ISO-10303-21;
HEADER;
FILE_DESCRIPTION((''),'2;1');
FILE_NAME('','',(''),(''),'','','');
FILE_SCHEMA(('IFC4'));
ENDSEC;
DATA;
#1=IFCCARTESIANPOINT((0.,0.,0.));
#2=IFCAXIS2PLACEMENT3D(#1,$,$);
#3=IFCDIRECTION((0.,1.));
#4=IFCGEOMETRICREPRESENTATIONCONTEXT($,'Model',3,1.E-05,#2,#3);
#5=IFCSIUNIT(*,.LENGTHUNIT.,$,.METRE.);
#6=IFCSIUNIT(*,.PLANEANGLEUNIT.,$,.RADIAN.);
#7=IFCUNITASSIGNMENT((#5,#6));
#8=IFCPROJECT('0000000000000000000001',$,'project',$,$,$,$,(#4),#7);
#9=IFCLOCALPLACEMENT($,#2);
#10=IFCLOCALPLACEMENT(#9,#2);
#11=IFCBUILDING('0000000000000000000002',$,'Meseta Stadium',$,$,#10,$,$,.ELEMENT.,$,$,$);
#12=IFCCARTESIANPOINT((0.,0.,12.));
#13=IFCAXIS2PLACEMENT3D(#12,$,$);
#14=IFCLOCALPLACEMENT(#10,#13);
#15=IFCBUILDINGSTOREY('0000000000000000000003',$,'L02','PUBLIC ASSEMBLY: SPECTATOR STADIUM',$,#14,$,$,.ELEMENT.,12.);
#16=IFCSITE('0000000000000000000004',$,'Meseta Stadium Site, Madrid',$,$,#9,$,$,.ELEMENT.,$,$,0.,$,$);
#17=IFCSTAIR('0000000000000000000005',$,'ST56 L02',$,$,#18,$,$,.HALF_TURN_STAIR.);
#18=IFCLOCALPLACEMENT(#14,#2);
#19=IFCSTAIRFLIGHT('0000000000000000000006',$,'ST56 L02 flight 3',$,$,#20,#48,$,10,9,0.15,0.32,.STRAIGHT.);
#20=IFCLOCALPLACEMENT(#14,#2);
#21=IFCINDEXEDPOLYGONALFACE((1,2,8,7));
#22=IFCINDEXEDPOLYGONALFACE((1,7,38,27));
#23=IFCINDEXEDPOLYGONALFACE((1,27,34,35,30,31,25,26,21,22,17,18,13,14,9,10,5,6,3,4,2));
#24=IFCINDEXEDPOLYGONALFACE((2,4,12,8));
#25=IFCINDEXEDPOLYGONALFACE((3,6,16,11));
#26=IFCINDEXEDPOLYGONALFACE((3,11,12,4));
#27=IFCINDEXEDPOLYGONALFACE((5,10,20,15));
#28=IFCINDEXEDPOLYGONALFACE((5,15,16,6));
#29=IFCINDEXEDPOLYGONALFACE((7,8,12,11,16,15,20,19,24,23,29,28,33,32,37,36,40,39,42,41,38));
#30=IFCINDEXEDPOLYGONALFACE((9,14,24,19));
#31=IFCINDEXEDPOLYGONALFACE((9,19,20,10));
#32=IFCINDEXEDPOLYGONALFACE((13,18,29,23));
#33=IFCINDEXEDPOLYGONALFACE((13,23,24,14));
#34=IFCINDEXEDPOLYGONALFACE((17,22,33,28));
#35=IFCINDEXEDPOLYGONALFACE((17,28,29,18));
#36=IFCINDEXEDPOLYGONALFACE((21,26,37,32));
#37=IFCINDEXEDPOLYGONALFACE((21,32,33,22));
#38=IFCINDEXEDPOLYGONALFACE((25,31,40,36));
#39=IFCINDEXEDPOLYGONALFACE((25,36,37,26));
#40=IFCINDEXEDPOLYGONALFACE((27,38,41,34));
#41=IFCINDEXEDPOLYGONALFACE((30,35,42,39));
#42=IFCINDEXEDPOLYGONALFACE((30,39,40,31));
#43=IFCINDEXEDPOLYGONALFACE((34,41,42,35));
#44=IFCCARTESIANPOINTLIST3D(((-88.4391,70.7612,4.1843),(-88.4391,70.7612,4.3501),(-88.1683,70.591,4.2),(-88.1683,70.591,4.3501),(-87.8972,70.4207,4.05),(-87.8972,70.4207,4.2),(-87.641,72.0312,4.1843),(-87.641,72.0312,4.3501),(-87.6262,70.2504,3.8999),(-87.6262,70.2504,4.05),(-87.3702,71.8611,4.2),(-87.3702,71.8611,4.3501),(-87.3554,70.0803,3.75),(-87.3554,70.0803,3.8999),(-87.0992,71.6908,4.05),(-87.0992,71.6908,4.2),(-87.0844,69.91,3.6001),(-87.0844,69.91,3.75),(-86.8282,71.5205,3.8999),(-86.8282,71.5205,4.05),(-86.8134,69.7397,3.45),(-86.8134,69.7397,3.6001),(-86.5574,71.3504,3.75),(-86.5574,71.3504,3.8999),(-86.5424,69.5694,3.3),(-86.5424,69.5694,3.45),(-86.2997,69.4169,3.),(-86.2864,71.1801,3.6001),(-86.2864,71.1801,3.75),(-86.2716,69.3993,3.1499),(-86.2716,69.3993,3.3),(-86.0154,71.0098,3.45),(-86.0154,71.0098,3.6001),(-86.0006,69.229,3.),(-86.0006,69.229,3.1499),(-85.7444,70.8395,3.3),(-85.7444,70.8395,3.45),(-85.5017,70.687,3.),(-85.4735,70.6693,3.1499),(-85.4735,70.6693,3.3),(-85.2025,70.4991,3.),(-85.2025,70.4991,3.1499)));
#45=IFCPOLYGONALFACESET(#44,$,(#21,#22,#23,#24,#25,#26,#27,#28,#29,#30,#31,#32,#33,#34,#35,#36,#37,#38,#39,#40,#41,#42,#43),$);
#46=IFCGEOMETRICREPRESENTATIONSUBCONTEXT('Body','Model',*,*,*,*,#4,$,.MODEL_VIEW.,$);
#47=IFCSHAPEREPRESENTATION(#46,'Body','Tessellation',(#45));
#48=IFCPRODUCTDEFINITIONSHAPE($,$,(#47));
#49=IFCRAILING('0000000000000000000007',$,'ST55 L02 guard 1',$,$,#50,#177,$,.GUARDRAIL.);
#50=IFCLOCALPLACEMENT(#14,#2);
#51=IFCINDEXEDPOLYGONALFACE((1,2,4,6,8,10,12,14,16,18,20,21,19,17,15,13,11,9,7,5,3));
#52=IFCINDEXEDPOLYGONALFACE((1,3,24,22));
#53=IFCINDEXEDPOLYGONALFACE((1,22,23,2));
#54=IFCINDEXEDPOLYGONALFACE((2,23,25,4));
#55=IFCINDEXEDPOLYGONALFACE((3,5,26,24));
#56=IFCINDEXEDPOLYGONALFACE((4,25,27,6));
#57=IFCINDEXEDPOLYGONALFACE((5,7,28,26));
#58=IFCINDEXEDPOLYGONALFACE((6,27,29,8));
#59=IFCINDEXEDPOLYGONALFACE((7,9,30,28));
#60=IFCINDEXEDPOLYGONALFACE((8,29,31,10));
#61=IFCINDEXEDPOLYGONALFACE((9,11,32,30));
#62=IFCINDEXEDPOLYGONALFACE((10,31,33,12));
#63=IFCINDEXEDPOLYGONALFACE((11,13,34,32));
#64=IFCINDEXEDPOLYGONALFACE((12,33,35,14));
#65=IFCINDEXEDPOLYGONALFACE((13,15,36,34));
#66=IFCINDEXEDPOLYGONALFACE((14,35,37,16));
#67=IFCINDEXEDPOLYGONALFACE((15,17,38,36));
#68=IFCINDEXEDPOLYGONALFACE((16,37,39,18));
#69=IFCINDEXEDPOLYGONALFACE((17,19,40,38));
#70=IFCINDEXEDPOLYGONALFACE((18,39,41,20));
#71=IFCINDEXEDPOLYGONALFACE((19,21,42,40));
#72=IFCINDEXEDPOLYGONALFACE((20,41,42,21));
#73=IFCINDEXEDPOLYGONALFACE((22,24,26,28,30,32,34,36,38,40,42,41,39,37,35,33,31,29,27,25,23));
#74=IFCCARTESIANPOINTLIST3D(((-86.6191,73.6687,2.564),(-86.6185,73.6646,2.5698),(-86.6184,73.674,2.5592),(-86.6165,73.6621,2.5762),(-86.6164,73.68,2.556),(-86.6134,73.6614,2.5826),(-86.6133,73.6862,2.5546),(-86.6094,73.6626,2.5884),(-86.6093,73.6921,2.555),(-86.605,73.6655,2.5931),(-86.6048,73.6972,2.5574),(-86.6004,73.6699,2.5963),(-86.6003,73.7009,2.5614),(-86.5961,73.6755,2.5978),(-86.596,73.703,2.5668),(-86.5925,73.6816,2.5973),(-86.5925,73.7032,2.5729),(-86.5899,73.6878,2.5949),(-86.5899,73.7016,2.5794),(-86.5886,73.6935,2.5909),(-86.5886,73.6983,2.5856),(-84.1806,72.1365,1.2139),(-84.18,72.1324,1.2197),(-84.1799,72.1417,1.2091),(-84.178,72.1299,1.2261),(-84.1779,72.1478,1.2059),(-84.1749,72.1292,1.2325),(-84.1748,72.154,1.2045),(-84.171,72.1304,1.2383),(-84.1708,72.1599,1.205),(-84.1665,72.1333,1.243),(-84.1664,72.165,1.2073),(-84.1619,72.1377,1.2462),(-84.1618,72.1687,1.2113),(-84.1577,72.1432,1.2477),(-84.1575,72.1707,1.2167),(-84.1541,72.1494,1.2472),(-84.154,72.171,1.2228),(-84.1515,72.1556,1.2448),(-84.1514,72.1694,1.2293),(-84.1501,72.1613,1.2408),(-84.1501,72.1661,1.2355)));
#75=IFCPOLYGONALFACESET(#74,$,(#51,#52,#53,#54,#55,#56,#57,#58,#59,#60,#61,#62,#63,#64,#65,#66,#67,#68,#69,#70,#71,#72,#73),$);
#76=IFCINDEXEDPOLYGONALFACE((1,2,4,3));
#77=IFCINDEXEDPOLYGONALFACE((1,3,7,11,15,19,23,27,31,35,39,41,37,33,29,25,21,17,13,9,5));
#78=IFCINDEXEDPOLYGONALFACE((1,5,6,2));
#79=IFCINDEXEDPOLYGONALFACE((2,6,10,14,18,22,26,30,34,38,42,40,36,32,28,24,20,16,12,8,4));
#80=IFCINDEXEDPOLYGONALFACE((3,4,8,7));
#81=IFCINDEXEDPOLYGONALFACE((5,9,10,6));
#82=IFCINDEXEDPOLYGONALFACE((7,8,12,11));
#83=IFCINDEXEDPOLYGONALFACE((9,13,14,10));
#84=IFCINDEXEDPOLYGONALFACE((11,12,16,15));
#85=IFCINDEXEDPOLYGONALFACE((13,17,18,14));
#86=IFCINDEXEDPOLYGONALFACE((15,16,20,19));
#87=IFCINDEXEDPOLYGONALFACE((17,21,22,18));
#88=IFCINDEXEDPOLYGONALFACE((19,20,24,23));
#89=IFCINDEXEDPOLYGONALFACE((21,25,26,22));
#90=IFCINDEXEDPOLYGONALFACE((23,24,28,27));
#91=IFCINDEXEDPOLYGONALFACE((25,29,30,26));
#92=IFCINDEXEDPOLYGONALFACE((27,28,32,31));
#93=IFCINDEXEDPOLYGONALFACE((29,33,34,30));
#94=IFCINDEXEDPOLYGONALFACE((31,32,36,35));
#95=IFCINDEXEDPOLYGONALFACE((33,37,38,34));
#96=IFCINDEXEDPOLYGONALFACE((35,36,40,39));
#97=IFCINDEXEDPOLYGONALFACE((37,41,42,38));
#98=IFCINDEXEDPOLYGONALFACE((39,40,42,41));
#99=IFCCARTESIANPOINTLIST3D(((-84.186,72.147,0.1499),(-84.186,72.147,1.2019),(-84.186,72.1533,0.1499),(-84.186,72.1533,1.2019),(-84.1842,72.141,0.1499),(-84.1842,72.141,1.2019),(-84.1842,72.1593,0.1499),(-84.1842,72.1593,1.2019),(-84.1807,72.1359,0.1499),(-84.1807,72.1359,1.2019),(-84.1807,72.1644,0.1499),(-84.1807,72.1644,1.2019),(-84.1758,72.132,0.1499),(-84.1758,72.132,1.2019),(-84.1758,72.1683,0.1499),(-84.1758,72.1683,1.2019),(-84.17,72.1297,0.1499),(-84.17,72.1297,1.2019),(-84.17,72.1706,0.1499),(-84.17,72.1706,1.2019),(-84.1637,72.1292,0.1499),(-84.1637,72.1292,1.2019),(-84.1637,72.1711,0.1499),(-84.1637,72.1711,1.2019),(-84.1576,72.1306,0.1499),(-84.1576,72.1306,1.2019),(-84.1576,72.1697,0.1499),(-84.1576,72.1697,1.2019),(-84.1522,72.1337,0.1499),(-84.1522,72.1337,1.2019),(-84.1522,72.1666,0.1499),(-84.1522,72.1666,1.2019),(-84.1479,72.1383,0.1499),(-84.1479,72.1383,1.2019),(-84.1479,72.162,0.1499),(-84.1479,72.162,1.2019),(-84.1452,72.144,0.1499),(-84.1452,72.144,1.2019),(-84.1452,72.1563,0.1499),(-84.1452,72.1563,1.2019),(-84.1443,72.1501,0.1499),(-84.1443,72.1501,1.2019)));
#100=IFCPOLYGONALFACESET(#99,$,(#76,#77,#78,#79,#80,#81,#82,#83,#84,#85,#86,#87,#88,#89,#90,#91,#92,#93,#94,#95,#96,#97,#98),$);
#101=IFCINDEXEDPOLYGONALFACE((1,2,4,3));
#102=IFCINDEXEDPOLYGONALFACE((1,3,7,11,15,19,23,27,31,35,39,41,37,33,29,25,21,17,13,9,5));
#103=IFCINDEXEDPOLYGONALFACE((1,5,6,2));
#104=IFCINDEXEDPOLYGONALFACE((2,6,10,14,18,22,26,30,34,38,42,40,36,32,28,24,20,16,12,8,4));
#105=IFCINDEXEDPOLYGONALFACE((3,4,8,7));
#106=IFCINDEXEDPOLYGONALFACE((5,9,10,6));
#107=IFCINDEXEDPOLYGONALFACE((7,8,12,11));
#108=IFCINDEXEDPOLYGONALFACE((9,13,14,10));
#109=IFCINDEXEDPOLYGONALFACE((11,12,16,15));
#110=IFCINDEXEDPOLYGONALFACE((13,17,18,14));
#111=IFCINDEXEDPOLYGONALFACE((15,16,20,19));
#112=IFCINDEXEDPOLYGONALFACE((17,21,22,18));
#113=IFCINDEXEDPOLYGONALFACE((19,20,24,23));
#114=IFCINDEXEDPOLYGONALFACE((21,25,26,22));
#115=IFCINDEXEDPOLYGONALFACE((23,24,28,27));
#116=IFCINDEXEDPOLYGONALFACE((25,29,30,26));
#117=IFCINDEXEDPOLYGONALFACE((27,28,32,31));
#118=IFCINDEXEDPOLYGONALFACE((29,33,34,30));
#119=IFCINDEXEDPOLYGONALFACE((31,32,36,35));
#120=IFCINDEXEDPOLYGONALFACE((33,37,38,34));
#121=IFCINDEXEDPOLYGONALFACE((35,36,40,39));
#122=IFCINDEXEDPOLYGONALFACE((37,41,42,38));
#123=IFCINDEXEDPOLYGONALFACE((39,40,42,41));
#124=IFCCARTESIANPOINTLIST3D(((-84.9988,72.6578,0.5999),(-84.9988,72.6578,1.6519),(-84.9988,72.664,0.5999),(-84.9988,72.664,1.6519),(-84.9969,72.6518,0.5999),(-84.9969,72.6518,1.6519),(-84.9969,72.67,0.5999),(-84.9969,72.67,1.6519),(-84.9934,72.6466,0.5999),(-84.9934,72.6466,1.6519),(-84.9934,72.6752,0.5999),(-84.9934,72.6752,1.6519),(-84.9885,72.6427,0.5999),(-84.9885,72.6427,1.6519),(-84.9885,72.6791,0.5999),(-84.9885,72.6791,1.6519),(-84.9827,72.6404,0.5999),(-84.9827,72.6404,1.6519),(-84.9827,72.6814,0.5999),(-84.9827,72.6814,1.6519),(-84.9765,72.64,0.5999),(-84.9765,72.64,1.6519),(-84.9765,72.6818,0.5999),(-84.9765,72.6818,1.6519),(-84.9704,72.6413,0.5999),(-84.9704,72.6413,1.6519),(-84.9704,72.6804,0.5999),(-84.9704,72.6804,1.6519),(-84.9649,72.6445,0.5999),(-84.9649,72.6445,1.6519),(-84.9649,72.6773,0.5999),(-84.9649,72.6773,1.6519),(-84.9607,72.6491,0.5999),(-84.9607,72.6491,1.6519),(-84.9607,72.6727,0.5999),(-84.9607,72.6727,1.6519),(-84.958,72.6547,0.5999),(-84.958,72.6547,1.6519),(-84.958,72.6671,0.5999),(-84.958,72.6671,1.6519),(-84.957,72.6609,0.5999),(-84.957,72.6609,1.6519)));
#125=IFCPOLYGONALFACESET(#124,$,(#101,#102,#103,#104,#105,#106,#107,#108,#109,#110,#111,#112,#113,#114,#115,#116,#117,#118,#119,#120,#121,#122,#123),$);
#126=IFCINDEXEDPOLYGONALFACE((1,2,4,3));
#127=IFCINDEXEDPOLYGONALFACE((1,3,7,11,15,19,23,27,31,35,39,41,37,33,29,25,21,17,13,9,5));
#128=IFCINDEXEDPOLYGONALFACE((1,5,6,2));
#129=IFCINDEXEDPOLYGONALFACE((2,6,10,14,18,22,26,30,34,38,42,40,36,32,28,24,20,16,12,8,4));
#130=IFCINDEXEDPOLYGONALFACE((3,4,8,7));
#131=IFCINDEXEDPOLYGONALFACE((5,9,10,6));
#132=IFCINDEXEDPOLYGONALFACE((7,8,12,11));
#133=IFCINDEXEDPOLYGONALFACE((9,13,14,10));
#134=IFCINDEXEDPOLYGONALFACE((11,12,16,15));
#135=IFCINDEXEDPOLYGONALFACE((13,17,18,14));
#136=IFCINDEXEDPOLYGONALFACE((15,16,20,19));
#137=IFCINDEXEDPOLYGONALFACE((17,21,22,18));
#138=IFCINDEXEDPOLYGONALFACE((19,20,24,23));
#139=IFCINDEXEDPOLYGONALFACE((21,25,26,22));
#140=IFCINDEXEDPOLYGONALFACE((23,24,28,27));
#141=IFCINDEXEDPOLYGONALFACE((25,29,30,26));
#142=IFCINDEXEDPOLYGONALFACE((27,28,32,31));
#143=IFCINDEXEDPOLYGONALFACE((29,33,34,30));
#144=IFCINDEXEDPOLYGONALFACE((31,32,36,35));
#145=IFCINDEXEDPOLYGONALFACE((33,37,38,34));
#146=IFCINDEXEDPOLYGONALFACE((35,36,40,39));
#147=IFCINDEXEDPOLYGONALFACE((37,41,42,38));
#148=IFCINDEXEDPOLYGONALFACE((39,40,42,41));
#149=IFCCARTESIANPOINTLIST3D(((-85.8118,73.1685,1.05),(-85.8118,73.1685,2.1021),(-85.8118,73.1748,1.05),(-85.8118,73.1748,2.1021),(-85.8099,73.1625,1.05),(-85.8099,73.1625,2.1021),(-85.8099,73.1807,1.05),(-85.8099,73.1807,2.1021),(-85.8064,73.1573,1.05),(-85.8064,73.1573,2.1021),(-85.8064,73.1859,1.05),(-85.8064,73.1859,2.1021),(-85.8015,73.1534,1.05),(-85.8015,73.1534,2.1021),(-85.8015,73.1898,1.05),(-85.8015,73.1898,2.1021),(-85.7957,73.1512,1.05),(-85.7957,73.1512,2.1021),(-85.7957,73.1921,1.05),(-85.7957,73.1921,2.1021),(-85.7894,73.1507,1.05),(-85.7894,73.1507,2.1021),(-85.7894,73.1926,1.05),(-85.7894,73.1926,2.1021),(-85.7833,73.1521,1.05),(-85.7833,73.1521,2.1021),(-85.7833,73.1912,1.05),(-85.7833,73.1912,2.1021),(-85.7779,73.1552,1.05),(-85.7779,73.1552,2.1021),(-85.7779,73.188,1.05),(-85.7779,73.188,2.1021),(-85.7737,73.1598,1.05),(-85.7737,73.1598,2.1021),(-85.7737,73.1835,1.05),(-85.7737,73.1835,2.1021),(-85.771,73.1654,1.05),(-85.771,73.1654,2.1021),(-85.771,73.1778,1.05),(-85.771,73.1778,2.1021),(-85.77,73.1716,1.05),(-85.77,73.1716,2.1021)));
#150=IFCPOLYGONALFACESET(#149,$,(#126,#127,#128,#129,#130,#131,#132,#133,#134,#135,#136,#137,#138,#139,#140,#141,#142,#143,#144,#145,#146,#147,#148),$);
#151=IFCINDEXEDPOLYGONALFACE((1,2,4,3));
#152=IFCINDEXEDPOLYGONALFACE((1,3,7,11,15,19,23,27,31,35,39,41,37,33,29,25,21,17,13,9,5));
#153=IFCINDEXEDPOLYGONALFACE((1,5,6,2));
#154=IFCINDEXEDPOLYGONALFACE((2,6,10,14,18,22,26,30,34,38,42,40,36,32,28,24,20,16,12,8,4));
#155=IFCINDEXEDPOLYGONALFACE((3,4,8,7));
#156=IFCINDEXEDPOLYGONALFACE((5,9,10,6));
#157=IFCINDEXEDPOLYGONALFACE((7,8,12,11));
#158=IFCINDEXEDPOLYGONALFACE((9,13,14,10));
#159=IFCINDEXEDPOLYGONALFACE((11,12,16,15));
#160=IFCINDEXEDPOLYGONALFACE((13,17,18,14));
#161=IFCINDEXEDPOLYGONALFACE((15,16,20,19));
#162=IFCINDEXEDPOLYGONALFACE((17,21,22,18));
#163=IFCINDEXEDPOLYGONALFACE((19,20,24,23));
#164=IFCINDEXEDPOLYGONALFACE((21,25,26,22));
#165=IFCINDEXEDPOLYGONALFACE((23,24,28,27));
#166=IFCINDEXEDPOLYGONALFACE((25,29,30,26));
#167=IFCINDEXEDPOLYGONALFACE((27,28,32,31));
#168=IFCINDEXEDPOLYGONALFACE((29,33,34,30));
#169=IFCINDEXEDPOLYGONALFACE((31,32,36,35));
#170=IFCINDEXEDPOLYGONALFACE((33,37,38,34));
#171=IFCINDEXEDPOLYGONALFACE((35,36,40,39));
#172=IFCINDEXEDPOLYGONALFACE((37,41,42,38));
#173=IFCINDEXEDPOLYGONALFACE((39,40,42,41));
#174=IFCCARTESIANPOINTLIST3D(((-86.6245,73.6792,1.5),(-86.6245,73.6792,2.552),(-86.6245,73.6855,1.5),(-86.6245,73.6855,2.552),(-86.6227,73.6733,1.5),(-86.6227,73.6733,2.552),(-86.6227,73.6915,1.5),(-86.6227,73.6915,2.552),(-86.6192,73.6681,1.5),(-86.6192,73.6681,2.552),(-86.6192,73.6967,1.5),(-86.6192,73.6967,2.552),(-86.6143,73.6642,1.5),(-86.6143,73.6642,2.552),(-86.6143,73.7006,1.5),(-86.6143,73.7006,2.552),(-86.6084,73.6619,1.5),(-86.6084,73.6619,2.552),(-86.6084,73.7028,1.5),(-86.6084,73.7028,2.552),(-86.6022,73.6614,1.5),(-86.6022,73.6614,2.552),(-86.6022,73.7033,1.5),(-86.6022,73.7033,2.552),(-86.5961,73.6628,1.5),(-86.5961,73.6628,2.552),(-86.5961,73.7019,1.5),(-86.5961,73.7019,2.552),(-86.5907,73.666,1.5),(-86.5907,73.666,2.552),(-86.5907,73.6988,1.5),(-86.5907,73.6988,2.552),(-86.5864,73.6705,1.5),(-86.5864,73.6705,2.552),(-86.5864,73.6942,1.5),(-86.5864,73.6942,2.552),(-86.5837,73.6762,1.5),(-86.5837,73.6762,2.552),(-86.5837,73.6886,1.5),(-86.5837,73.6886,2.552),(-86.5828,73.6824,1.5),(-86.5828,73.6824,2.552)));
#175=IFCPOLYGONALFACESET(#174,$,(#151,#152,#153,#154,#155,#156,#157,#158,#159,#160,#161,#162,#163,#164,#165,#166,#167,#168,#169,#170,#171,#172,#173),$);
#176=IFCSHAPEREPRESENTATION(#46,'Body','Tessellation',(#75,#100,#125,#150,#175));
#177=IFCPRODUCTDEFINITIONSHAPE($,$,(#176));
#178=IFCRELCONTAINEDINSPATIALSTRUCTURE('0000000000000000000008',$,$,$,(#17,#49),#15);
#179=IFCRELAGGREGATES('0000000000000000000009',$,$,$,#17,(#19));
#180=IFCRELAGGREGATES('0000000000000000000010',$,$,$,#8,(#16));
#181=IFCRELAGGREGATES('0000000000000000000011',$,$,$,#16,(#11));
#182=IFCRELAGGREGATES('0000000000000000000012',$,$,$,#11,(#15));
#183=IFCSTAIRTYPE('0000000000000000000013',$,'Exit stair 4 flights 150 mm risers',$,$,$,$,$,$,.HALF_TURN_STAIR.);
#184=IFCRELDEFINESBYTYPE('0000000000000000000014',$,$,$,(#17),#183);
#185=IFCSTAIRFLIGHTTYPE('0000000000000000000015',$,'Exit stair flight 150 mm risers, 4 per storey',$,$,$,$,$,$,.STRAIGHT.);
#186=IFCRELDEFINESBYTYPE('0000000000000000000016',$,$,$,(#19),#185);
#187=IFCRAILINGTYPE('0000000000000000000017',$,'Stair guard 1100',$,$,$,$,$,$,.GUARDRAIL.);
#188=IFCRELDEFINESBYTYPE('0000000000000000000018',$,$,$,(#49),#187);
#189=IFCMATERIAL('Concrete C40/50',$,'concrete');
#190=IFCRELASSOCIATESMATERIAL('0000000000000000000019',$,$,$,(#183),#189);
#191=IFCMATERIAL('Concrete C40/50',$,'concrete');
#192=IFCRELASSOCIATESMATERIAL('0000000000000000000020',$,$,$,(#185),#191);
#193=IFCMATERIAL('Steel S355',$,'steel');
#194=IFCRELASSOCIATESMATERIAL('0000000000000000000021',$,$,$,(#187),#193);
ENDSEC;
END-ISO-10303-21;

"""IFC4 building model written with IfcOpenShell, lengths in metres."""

from ifc_helpers import new_model, si_unit, direction, frame, origin, origin_2d, place, context, subcontext, project, spatial, polyline, circle, outline, extrude, material, type_object, element, aggregate, save


model = new_model("IFC4")

# Units and contexts
model_context = context("Model", 3, precision=1e-05, world=origin(), true_north=direction((0.0, 1.0)))
body_context = subcontext(model_context, "Body", "Model", "MODEL_VIEW")
ifc_project = project(units=[si_unit("LENGTHUNIT", "METRE"), si_unit("PLANEANGLEUNIT", "RADIAN")], contexts=[model_context])

# Site, building, storey
site_placement = place(None, origin())
site = spatial("IfcSite", under=ifc_project, at=site_placement, Name="Meseta Stadium Site, Madrid", CompositionType="ELEMENT", RefElevation=0.0)
building_placement = place(site_placement, origin())
building = spatial("IfcBuilding", under=site, at=building_placement, Name="Meseta Stadium", CompositionType="ELEMENT")
storey_placement = place(building_placement, frame((0.0, 0.0, 12.0)))
storey = spatial("IfcBuildingStorey", under=building, at=storey_placement, Name="L02", Description="PUBLIC ASSEMBLY: SPECTATOR STADIUM", CompositionType="ELEMENT", Elevation=12.0)

# Stair, stair flight
ifc_material_1 = material(Name="Concrete C40/50", Category="concrete")
stair_type = type_object("IfcStairType", Name="Exit stair 4 flights 150 mm risers", PredefinedType="HALF_TURN_STAIR", material=ifc_material_1)
stair_placement = place(storey_placement, origin())
stair = element("IfcStair", 1, at=stair_placement, inside=storey, type_object=stair_type, Name="ST56 L02", PredefinedType="HALF_TURN_STAIR")
ifc_material_2 = material(Name="Concrete C40/50", Category="concrete")
stair_flight_type = type_object("IfcStairFlightType", Name="Exit stair flight 150 mm risers, 4 per storey", PredefinedType="STRAIGHT", material=ifc_material_2)
stair_flight_1_placement = place(storey_placement, frame((-85.6016, 69.864, 3.0), z_axis=(0.0, 0.0, 1.0), x_axis=(-0.846724, 0.532032, 0.0)))
stair_flight_1 = element("IfcStairFlight", 2, at=stair_flight_1_placement, type_object=stair_flight_type, Name="ST56 L02 flight 3", NumberOfRisers=10, NumberOfTreads=9, PredefinedType="STRAIGHT", RiserHeight=0.15, TreadLength=0.32, context=body_context, shape_type="SweptSolid", body=[
    extrude(outline(polyline([(0.0, 0.0), (0.0, 0.1499), (0.3201, 0.1499), (0.3201, 0.3), (0.6399, 0.3), (0.6399, 0.45), (0.96, 0.45), (0.96, 0.6001), (1.28, 0.6001), (1.28, 0.75), (1.6001, 0.75), (1.6001, 0.8999), (1.9199, 0.8999), (1.9199, 1.05), (2.24, 1.05), (2.24, 1.2), (2.5601, 1.2), (2.5601, 1.3501), (2.8799, 1.3501), (2.8799, 1.1843), (0.3533, 0.0), (0.0, 0.0)])), frame((0.0, 0.75, 0.0), z_axis=(0.0, -1.0, 0.0), x_axis=(1.0, 0.0, 0.0)), (0.0, 0.0, 1.0), 1.5),
])
aggregate(stair, [stair_flight_1])

# Railing
ifc_material_3 = material(Name="Steel S355", Category="steel")
railing_type_1 = type_object("IfcRailingType", Name="Stair guard 1100", PredefinedType="GUARDRAIL", material=ifc_material_3)
railing_1_placement = place(storey_placement, frame((-84.1653, 72.1501, 0.1499)))
element("IfcRailing", 3, at=railing_1_placement, inside=storey, type_object=railing_type_1, Name="ST55 L02 guard 1", PredefinedType="GUARDRAIL", context=body_context, shape_type="SweptSolid", body=[
    extrude(circle(Radius=0.0239, at=origin_2d()), frame((0.0, 0.0, 1.0762), z_axis=(-0.766655, 0.481731, 0.42447), x_axis=(-0.53204, -0.846719, 0.0)), (0.0, 0.0, 1.0), 3.1807),
    extrude(circle(Radius=0.021, at=origin_2d()), origin(), (0.0, 0.0, 1.0), 1.052),
    extrude(circle(Radius=0.021, at=origin_2d()), frame((-0.8127, 0.5107, 0.45)), (0.0, 0.0, 1.0), 1.052),
    extrude(circle(Radius=0.021, at=origin_2d()), frame((-1.6257, 1.0215, 0.9001)), (0.0, 0.0, 1.0), 1.052),
    extrude(circle(Radius=0.021, at=origin_2d()), frame((-2.4385, 1.5322, 1.3501)), (0.0, 0.0, 1.0), 1.052),
])

save(model, "model.ifc")
